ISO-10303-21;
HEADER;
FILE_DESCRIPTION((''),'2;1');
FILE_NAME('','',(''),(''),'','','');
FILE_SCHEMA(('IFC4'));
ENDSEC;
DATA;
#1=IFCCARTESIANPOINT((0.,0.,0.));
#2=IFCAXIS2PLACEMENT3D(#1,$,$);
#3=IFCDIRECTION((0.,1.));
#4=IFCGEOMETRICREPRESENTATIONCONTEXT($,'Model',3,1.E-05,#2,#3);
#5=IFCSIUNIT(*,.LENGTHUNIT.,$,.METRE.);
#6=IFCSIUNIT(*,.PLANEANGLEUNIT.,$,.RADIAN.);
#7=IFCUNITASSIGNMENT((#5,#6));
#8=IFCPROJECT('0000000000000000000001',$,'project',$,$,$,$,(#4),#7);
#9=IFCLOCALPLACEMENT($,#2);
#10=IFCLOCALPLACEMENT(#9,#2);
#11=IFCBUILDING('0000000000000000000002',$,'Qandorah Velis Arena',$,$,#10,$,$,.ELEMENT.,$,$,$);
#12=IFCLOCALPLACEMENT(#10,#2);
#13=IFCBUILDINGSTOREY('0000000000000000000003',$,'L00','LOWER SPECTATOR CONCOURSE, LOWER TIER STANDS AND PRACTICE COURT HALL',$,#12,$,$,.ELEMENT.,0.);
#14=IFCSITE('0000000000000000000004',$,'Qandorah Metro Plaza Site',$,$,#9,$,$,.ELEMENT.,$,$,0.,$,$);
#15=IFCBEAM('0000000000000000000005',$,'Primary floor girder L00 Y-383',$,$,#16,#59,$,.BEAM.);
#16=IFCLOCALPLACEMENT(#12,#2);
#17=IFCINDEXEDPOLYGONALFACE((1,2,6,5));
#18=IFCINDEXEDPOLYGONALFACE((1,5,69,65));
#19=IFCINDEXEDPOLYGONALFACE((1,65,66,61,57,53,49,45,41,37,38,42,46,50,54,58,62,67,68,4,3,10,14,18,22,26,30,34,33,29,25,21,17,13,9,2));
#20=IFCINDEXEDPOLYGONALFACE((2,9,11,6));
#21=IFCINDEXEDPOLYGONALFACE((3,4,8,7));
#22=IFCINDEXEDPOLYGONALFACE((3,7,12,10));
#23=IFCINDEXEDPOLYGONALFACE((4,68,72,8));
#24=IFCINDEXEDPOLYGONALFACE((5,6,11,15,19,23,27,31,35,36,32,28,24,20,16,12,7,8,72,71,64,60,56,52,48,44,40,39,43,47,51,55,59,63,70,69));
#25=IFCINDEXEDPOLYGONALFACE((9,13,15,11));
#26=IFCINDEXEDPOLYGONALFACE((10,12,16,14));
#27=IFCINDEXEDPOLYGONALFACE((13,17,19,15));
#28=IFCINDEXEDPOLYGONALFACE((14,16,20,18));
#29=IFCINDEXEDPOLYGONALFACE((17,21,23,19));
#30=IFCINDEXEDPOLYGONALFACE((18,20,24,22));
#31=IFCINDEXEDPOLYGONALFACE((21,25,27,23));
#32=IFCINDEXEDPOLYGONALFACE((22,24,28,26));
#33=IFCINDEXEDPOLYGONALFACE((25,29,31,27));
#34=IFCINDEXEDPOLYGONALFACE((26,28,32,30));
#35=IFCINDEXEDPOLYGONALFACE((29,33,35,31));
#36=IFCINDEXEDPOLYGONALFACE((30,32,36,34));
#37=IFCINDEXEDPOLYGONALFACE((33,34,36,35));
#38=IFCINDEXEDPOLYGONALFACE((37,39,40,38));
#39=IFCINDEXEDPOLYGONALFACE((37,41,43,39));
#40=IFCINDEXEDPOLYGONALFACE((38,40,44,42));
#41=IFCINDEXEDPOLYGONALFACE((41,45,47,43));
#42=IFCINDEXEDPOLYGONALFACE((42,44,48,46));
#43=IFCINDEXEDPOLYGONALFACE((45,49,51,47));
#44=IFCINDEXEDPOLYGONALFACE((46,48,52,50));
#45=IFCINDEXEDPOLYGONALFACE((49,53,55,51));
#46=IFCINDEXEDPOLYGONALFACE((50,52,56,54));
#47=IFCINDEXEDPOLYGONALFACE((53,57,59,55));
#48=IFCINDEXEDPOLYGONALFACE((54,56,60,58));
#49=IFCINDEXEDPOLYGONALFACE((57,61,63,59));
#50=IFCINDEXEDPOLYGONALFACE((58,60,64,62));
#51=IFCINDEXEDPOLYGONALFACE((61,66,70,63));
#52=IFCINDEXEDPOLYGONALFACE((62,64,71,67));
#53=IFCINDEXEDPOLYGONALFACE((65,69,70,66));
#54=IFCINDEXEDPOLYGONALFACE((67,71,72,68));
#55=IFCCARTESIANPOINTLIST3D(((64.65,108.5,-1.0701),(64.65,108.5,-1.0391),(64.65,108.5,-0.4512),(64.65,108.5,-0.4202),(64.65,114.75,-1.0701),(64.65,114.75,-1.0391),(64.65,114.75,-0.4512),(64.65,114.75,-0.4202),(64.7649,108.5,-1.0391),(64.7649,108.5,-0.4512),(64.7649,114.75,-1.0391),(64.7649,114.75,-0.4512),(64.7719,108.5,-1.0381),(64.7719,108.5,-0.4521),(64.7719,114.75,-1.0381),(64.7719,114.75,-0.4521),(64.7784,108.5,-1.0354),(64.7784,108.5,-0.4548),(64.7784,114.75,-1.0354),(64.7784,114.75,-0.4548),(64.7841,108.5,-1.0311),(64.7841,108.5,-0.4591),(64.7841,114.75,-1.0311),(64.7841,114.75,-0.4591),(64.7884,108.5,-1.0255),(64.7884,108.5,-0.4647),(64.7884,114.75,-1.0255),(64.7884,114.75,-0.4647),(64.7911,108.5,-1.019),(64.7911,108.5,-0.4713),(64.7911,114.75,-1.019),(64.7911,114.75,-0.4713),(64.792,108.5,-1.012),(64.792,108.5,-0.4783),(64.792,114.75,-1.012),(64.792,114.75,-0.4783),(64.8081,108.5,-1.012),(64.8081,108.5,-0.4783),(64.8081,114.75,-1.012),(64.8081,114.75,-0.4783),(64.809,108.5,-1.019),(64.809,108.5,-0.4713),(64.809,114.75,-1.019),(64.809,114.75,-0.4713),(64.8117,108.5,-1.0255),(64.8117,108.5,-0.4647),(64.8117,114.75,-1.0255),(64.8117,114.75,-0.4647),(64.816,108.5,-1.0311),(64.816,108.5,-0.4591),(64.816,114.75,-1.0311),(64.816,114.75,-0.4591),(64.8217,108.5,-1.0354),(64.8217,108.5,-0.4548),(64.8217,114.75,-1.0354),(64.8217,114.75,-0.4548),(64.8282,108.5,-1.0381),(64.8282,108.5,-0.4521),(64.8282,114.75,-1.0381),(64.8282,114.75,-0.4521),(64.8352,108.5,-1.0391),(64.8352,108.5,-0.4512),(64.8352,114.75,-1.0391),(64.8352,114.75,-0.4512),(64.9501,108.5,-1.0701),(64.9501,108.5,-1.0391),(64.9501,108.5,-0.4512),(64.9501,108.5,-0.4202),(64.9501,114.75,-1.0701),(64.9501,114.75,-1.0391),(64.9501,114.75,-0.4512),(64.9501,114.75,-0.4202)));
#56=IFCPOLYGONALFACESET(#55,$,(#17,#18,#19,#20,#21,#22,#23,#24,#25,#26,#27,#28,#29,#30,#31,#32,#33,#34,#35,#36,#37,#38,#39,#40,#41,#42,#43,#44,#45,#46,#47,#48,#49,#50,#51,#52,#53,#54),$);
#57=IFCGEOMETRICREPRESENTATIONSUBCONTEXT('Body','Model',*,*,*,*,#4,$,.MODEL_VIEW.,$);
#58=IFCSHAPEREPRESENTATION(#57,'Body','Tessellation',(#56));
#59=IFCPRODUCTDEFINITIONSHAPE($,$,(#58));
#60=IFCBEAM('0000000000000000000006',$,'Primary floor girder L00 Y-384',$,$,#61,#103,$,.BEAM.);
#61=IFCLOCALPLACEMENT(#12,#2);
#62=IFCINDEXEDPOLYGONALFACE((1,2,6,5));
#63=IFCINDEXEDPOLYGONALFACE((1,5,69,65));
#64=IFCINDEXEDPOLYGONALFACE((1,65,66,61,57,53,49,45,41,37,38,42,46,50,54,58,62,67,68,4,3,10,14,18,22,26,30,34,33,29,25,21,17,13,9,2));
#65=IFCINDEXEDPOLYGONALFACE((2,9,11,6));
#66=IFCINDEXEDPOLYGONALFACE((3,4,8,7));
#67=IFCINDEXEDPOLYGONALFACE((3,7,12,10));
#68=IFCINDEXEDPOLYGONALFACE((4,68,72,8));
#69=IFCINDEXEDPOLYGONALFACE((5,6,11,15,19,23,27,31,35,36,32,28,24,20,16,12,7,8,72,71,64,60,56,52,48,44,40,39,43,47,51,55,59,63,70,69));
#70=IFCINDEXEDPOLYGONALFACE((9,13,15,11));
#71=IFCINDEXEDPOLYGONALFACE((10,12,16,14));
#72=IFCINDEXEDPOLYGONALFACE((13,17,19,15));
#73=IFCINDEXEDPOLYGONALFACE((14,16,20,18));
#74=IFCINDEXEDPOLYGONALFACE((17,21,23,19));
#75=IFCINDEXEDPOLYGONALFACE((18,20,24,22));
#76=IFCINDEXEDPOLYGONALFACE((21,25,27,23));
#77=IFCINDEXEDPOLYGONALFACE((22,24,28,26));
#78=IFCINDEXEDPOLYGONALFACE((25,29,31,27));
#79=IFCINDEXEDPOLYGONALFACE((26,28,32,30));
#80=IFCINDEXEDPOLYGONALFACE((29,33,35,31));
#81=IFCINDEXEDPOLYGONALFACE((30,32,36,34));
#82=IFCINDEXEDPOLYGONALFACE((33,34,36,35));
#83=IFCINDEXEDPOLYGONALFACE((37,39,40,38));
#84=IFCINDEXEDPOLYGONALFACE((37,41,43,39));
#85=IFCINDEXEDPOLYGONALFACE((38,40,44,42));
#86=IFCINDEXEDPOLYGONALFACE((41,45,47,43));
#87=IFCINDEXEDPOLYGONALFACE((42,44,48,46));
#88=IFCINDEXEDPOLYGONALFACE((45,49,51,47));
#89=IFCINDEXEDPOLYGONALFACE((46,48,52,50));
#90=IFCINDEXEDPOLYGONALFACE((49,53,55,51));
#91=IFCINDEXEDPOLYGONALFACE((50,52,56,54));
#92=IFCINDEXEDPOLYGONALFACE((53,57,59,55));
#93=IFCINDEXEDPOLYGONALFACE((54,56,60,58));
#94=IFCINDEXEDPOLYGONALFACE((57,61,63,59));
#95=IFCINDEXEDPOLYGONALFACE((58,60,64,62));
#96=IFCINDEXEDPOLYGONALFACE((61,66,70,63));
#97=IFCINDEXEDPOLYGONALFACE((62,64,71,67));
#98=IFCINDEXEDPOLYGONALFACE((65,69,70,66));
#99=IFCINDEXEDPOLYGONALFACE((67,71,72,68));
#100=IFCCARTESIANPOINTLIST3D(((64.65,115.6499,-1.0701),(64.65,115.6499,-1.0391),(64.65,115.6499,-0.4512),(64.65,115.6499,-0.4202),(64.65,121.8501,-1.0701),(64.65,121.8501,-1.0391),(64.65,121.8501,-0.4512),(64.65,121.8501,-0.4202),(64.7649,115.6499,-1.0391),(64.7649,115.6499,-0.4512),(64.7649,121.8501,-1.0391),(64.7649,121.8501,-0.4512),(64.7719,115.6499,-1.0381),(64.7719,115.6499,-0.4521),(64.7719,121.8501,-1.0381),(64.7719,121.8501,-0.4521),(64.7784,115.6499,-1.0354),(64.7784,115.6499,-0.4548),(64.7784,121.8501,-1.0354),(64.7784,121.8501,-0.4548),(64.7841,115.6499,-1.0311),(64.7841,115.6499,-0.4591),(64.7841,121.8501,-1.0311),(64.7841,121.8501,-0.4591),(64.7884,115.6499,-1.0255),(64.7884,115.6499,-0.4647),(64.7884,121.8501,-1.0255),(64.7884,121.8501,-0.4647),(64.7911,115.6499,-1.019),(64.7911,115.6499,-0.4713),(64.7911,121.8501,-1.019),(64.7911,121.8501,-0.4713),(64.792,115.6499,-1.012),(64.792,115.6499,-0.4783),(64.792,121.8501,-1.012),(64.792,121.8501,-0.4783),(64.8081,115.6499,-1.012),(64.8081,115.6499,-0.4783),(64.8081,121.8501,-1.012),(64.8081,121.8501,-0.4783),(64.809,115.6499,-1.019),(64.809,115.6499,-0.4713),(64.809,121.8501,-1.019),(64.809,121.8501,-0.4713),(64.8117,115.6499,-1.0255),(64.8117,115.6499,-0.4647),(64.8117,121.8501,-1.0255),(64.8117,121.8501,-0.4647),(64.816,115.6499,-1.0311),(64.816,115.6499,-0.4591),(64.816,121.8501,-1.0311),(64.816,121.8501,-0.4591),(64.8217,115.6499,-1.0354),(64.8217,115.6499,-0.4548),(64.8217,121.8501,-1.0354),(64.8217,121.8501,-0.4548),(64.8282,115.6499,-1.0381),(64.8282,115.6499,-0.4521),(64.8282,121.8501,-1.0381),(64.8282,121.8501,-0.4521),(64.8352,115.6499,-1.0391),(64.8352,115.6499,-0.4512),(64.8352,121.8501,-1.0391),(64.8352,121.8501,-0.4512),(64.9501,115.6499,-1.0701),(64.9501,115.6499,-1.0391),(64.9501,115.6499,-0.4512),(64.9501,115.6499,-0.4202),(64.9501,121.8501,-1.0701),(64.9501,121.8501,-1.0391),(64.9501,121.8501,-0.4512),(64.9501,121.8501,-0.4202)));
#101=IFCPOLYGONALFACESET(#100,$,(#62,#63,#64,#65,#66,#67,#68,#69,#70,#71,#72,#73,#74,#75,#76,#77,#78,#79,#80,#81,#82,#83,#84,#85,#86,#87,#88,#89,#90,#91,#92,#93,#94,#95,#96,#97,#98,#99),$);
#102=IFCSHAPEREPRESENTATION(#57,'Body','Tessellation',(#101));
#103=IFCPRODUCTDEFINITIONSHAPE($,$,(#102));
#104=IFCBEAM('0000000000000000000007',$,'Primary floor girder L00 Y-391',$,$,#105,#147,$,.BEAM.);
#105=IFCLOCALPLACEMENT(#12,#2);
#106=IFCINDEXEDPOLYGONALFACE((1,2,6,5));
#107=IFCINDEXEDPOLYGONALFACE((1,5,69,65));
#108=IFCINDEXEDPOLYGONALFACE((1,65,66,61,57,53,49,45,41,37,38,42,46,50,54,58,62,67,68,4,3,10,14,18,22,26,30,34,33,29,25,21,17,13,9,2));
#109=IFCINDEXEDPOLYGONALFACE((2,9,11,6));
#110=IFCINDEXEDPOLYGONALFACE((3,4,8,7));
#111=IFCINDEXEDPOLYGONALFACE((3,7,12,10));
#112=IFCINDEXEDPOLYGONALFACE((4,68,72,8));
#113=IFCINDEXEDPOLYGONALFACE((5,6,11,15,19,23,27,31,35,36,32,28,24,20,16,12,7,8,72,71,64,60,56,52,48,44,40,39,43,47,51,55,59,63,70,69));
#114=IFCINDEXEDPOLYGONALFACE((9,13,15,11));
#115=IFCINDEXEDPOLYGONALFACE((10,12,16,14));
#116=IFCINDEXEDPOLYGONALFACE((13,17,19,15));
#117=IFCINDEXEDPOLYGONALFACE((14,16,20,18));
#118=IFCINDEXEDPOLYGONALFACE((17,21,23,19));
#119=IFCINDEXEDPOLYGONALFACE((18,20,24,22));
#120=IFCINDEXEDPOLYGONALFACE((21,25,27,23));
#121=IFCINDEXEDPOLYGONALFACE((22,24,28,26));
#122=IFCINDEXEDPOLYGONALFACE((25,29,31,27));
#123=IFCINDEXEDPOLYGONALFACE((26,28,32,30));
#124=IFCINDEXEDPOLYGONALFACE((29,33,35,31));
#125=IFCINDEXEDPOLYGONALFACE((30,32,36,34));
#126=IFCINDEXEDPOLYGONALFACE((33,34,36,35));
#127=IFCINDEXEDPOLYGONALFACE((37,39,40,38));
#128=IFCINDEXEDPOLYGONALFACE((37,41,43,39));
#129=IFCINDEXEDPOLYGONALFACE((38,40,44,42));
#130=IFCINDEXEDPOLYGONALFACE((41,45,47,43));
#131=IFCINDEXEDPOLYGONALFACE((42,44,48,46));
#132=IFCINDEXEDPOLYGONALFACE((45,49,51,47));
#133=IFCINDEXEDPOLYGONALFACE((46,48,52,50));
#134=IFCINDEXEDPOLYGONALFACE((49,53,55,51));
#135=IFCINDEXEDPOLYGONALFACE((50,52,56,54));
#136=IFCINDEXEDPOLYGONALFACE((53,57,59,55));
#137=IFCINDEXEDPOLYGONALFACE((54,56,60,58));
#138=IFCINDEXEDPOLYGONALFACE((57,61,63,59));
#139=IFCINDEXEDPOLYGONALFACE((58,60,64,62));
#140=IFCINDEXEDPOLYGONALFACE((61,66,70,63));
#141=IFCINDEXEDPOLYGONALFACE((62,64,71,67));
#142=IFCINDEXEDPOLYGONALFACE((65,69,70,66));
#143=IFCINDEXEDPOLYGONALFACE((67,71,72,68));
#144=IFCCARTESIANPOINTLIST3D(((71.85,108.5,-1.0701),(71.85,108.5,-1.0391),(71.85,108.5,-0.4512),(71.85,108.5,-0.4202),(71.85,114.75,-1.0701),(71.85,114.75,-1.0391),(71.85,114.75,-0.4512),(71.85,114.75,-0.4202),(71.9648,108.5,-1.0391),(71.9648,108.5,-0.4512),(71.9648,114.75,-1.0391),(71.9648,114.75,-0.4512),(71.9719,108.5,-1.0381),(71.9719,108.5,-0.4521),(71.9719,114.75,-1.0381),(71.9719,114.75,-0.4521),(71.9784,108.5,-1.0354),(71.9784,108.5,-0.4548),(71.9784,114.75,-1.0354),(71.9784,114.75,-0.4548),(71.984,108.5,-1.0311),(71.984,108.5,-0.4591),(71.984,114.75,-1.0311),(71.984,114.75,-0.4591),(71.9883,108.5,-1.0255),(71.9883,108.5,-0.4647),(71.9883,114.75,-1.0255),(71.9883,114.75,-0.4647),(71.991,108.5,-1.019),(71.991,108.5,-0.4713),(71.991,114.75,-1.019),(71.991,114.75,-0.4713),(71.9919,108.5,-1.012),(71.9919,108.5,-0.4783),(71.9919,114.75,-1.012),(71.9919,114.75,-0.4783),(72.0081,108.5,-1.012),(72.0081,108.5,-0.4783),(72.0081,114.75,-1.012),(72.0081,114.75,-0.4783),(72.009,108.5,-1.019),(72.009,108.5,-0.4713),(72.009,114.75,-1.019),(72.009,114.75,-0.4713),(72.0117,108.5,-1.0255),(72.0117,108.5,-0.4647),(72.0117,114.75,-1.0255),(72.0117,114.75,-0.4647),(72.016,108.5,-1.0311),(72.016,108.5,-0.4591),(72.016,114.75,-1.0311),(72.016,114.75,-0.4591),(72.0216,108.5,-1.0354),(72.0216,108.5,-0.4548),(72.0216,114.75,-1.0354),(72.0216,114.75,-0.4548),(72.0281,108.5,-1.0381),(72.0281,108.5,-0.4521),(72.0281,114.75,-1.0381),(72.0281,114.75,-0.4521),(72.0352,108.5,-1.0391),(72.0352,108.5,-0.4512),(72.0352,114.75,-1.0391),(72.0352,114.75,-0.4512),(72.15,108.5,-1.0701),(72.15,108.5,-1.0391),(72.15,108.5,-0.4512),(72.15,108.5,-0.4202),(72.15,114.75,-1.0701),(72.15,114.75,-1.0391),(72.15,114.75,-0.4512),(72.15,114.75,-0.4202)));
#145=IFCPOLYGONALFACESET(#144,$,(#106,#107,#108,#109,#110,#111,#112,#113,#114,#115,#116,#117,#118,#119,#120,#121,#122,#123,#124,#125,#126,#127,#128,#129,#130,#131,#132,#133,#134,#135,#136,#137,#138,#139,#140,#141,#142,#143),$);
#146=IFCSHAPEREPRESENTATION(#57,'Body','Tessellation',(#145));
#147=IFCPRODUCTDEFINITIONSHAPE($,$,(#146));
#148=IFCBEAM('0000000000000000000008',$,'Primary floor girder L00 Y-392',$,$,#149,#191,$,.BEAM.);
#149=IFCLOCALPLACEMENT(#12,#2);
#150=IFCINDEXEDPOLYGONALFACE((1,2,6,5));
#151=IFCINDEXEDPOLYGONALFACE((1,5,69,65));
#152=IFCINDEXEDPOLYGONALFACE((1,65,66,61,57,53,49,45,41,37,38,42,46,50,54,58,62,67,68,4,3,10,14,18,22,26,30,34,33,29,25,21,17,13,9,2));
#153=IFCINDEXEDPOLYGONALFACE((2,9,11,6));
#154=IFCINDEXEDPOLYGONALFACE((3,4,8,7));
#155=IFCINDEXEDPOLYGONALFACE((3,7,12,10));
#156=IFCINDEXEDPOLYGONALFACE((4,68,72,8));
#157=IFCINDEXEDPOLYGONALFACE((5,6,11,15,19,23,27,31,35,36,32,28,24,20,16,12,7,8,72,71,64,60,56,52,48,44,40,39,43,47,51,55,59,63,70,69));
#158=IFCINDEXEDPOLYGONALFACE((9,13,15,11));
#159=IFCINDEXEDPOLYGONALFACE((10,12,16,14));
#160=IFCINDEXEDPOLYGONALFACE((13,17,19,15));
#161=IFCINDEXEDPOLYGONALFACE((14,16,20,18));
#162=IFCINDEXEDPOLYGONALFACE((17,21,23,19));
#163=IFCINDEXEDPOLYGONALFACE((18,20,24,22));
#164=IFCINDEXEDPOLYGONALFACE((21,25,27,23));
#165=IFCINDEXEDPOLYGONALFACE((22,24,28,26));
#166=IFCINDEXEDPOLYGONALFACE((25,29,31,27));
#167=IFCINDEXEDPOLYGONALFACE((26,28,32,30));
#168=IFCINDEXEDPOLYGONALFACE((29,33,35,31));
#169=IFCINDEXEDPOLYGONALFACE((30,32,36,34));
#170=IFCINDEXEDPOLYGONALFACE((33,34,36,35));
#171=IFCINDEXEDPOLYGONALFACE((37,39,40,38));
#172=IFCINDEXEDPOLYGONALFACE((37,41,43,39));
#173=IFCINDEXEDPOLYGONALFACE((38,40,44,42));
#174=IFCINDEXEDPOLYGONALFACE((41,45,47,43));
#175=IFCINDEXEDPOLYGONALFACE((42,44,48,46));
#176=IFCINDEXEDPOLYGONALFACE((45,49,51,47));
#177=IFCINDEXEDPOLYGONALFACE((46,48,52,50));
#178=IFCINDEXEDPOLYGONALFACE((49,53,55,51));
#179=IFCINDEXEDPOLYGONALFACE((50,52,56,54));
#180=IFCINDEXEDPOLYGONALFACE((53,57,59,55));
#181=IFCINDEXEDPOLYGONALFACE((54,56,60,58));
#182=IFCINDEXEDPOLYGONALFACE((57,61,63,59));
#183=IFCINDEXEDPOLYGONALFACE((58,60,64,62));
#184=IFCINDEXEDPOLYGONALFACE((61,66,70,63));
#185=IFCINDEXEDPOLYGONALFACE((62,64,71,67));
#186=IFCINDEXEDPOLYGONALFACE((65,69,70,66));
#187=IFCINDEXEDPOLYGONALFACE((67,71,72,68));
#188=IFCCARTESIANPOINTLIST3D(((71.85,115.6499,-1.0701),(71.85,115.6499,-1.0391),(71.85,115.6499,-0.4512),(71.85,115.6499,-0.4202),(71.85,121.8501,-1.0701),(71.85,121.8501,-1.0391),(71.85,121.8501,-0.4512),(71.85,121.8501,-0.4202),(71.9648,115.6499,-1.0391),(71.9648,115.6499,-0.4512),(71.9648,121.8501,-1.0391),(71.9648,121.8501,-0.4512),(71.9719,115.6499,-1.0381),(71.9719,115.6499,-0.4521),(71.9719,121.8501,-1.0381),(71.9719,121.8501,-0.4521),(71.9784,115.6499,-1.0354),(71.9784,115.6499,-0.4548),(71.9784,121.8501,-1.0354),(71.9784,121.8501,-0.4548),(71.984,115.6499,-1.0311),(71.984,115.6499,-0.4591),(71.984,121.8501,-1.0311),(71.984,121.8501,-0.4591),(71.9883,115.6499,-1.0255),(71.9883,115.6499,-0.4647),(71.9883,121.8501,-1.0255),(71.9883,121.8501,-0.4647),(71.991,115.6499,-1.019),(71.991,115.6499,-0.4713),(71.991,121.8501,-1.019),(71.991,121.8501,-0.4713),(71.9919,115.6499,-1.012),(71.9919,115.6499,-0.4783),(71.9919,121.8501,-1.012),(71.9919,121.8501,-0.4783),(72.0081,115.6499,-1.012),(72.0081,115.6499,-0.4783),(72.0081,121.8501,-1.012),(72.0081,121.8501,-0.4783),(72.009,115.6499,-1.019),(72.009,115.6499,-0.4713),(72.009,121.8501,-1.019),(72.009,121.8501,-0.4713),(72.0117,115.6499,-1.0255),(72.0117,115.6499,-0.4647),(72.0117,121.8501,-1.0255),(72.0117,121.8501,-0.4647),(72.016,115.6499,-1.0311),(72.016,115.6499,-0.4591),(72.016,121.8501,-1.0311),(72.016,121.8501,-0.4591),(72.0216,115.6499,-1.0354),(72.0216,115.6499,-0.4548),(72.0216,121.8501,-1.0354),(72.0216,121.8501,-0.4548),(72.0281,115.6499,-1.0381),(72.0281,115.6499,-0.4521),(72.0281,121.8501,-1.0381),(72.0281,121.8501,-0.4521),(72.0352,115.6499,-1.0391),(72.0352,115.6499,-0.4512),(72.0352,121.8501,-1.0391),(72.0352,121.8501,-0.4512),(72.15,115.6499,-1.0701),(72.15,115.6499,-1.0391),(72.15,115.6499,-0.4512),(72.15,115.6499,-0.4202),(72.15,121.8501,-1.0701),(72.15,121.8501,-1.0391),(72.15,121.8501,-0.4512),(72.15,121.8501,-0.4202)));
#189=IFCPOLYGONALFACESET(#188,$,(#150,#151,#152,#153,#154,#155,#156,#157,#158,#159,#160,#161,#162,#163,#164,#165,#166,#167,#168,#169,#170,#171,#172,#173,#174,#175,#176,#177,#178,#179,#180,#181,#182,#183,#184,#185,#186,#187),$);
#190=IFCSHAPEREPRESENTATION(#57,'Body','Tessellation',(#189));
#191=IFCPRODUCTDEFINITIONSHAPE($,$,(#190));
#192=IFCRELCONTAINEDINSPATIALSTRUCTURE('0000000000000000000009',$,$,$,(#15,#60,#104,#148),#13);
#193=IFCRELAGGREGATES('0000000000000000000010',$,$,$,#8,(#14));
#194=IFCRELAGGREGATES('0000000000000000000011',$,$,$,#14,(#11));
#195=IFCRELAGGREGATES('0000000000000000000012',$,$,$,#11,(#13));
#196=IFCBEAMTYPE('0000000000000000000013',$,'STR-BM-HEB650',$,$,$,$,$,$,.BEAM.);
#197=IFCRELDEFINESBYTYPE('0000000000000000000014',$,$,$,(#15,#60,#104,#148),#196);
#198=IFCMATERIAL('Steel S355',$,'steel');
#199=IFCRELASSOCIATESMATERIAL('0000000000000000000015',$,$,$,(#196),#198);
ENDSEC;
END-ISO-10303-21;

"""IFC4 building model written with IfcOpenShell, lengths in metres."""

from ifc_helpers import new_model, si_unit, direction, frame, origin, origin_2d, place, context, subcontext, project, spatial, i_section, extrude, material, material_profile, profile_set, type_object, element, save


model = new_model("IFC4")

# Units and contexts
model_context = context("Model", 3, precision=1e-05, world=origin(), true_north=direction((0.0, 1.0)))
body_context = subcontext(model_context, "Body", "Model", "MODEL_VIEW")
ifc_project = project(units=[si_unit("LENGTHUNIT", "METRE"), si_unit("PLANEANGLEUNIT", "RADIAN")], contexts=[model_context])

# Site, building, storey
site_placement = place(None, origin())
site = spatial("IfcSite", under=ifc_project, at=site_placement, Name="Qandorah Metro Plaza Site", CompositionType="ELEMENT", RefElevation=0.0)
building_placement = place(site_placement, origin())
building = spatial("IfcBuilding", under=site, at=building_placement, Name="Qandorah Velis Arena", CompositionType="ELEMENT")
storey_placement = place(building_placement, origin())
storey = spatial("IfcBuildingStorey", under=building, at=storey_placement, Name="L00", Description="LOWER SPECTATOR CONCOURSE, LOWER TIER STANDS AND PRACTICE COURT HALL", CompositionType="ELEMENT", Elevation=0.0)

# Beams
ifc_material_1 = material(Name="Steel S355", Category="steel")
ifc_material_profile_1 = material_profile(ifc_material_1, i_section(OverallWidth=0.3, OverallDepth=0.6499, WebThickness=0.0161, FlangeThickness=0.031, FilletRadius=0.0271, at=origin_2d()), Name="HEB 650")
ifc_profile_set_1 = profile_set([ifc_material_profile_1], Name="Steel S355")
beam_type_1 = type_object("IfcBeamType", Name="STR-BM-HEB650", PredefinedType="BEAM", material=ifc_profile_set_1)
beam_1_placement = place(storey_placement, frame((64.8, 108.5, -0.7451), z_axis=(0.0, 1.0, 0.0), x_axis=(-1.0, 0.0, 0.0)))
element("IfcBeam", 1, at=beam_1_placement, inside=storey, type_object=beam_type_1, Name="Primary floor girder L00 Y-383", PredefinedType="BEAM", context=body_context, shape_type="SweptSolid", body=[
    extrude(i_section(OverallWidth=0.3, OverallDepth=0.6499, WebThickness=0.0161, FlangeThickness=0.031, FilletRadius=0.0271, at=origin_2d()), origin(), (0.0, 0.0, 1.0), 6.25),
])
beam_2_placement = place(storey_placement, frame((64.8, 115.6499, -0.7451), z_axis=(0.0, 1.0, 0.0), x_axis=(-1.0, 0.0, 0.0)))
element("IfcBeam", 2, at=beam_2_placement, inside=storey, type_object=beam_type_1, Name="Primary floor girder L00 Y-384", PredefinedType="BEAM", context=body_context, shape_type="SweptSolid", body=[
    extrude(i_section(OverallWidth=0.3, OverallDepth=0.6499, WebThickness=0.0161, FlangeThickness=0.031, FilletRadius=0.0271, at=origin_2d()), origin(), (0.0, 0.0, 1.0), 6.2002),
])
beam_3_placement = place(storey_placement, frame((72.0, 108.5, -0.7451), z_axis=(0.0, 1.0, 0.0), x_axis=(-1.0, 0.0, 0.0)))
element("IfcBeam", 3, at=beam_3_placement, inside=storey, type_object=beam_type_1, Name="Primary floor girder L00 Y-391", PredefinedType="BEAM", context=body_context, shape_type="SweptSolid", body=[
    extrude(i_section(OverallWidth=0.3, OverallDepth=0.6499, WebThickness=0.0161, FlangeThickness=0.031, FilletRadius=0.0271, at=origin_2d()), origin(), (0.0, 0.0, 1.0), 6.25),
])
beam_4_placement = place(storey_placement, frame((72.0, 115.6499, -0.7451), z_axis=(0.0, 1.0, 0.0), x_axis=(-1.0, 0.0, 0.0)))
element("IfcBeam", 4, at=beam_4_placement, inside=storey, type_object=beam_type_1, Name="Primary floor girder L00 Y-392", PredefinedType="BEAM", context=body_context, shape_type="SweptSolid", body=[
    extrude(i_section(OverallWidth=0.3, OverallDepth=0.6499, WebThickness=0.0161, FlangeThickness=0.031, FilletRadius=0.0271, at=origin_2d()), origin(), (0.0, 0.0, 1.0), 6.2002),
])

save(model, "model.ifc")
